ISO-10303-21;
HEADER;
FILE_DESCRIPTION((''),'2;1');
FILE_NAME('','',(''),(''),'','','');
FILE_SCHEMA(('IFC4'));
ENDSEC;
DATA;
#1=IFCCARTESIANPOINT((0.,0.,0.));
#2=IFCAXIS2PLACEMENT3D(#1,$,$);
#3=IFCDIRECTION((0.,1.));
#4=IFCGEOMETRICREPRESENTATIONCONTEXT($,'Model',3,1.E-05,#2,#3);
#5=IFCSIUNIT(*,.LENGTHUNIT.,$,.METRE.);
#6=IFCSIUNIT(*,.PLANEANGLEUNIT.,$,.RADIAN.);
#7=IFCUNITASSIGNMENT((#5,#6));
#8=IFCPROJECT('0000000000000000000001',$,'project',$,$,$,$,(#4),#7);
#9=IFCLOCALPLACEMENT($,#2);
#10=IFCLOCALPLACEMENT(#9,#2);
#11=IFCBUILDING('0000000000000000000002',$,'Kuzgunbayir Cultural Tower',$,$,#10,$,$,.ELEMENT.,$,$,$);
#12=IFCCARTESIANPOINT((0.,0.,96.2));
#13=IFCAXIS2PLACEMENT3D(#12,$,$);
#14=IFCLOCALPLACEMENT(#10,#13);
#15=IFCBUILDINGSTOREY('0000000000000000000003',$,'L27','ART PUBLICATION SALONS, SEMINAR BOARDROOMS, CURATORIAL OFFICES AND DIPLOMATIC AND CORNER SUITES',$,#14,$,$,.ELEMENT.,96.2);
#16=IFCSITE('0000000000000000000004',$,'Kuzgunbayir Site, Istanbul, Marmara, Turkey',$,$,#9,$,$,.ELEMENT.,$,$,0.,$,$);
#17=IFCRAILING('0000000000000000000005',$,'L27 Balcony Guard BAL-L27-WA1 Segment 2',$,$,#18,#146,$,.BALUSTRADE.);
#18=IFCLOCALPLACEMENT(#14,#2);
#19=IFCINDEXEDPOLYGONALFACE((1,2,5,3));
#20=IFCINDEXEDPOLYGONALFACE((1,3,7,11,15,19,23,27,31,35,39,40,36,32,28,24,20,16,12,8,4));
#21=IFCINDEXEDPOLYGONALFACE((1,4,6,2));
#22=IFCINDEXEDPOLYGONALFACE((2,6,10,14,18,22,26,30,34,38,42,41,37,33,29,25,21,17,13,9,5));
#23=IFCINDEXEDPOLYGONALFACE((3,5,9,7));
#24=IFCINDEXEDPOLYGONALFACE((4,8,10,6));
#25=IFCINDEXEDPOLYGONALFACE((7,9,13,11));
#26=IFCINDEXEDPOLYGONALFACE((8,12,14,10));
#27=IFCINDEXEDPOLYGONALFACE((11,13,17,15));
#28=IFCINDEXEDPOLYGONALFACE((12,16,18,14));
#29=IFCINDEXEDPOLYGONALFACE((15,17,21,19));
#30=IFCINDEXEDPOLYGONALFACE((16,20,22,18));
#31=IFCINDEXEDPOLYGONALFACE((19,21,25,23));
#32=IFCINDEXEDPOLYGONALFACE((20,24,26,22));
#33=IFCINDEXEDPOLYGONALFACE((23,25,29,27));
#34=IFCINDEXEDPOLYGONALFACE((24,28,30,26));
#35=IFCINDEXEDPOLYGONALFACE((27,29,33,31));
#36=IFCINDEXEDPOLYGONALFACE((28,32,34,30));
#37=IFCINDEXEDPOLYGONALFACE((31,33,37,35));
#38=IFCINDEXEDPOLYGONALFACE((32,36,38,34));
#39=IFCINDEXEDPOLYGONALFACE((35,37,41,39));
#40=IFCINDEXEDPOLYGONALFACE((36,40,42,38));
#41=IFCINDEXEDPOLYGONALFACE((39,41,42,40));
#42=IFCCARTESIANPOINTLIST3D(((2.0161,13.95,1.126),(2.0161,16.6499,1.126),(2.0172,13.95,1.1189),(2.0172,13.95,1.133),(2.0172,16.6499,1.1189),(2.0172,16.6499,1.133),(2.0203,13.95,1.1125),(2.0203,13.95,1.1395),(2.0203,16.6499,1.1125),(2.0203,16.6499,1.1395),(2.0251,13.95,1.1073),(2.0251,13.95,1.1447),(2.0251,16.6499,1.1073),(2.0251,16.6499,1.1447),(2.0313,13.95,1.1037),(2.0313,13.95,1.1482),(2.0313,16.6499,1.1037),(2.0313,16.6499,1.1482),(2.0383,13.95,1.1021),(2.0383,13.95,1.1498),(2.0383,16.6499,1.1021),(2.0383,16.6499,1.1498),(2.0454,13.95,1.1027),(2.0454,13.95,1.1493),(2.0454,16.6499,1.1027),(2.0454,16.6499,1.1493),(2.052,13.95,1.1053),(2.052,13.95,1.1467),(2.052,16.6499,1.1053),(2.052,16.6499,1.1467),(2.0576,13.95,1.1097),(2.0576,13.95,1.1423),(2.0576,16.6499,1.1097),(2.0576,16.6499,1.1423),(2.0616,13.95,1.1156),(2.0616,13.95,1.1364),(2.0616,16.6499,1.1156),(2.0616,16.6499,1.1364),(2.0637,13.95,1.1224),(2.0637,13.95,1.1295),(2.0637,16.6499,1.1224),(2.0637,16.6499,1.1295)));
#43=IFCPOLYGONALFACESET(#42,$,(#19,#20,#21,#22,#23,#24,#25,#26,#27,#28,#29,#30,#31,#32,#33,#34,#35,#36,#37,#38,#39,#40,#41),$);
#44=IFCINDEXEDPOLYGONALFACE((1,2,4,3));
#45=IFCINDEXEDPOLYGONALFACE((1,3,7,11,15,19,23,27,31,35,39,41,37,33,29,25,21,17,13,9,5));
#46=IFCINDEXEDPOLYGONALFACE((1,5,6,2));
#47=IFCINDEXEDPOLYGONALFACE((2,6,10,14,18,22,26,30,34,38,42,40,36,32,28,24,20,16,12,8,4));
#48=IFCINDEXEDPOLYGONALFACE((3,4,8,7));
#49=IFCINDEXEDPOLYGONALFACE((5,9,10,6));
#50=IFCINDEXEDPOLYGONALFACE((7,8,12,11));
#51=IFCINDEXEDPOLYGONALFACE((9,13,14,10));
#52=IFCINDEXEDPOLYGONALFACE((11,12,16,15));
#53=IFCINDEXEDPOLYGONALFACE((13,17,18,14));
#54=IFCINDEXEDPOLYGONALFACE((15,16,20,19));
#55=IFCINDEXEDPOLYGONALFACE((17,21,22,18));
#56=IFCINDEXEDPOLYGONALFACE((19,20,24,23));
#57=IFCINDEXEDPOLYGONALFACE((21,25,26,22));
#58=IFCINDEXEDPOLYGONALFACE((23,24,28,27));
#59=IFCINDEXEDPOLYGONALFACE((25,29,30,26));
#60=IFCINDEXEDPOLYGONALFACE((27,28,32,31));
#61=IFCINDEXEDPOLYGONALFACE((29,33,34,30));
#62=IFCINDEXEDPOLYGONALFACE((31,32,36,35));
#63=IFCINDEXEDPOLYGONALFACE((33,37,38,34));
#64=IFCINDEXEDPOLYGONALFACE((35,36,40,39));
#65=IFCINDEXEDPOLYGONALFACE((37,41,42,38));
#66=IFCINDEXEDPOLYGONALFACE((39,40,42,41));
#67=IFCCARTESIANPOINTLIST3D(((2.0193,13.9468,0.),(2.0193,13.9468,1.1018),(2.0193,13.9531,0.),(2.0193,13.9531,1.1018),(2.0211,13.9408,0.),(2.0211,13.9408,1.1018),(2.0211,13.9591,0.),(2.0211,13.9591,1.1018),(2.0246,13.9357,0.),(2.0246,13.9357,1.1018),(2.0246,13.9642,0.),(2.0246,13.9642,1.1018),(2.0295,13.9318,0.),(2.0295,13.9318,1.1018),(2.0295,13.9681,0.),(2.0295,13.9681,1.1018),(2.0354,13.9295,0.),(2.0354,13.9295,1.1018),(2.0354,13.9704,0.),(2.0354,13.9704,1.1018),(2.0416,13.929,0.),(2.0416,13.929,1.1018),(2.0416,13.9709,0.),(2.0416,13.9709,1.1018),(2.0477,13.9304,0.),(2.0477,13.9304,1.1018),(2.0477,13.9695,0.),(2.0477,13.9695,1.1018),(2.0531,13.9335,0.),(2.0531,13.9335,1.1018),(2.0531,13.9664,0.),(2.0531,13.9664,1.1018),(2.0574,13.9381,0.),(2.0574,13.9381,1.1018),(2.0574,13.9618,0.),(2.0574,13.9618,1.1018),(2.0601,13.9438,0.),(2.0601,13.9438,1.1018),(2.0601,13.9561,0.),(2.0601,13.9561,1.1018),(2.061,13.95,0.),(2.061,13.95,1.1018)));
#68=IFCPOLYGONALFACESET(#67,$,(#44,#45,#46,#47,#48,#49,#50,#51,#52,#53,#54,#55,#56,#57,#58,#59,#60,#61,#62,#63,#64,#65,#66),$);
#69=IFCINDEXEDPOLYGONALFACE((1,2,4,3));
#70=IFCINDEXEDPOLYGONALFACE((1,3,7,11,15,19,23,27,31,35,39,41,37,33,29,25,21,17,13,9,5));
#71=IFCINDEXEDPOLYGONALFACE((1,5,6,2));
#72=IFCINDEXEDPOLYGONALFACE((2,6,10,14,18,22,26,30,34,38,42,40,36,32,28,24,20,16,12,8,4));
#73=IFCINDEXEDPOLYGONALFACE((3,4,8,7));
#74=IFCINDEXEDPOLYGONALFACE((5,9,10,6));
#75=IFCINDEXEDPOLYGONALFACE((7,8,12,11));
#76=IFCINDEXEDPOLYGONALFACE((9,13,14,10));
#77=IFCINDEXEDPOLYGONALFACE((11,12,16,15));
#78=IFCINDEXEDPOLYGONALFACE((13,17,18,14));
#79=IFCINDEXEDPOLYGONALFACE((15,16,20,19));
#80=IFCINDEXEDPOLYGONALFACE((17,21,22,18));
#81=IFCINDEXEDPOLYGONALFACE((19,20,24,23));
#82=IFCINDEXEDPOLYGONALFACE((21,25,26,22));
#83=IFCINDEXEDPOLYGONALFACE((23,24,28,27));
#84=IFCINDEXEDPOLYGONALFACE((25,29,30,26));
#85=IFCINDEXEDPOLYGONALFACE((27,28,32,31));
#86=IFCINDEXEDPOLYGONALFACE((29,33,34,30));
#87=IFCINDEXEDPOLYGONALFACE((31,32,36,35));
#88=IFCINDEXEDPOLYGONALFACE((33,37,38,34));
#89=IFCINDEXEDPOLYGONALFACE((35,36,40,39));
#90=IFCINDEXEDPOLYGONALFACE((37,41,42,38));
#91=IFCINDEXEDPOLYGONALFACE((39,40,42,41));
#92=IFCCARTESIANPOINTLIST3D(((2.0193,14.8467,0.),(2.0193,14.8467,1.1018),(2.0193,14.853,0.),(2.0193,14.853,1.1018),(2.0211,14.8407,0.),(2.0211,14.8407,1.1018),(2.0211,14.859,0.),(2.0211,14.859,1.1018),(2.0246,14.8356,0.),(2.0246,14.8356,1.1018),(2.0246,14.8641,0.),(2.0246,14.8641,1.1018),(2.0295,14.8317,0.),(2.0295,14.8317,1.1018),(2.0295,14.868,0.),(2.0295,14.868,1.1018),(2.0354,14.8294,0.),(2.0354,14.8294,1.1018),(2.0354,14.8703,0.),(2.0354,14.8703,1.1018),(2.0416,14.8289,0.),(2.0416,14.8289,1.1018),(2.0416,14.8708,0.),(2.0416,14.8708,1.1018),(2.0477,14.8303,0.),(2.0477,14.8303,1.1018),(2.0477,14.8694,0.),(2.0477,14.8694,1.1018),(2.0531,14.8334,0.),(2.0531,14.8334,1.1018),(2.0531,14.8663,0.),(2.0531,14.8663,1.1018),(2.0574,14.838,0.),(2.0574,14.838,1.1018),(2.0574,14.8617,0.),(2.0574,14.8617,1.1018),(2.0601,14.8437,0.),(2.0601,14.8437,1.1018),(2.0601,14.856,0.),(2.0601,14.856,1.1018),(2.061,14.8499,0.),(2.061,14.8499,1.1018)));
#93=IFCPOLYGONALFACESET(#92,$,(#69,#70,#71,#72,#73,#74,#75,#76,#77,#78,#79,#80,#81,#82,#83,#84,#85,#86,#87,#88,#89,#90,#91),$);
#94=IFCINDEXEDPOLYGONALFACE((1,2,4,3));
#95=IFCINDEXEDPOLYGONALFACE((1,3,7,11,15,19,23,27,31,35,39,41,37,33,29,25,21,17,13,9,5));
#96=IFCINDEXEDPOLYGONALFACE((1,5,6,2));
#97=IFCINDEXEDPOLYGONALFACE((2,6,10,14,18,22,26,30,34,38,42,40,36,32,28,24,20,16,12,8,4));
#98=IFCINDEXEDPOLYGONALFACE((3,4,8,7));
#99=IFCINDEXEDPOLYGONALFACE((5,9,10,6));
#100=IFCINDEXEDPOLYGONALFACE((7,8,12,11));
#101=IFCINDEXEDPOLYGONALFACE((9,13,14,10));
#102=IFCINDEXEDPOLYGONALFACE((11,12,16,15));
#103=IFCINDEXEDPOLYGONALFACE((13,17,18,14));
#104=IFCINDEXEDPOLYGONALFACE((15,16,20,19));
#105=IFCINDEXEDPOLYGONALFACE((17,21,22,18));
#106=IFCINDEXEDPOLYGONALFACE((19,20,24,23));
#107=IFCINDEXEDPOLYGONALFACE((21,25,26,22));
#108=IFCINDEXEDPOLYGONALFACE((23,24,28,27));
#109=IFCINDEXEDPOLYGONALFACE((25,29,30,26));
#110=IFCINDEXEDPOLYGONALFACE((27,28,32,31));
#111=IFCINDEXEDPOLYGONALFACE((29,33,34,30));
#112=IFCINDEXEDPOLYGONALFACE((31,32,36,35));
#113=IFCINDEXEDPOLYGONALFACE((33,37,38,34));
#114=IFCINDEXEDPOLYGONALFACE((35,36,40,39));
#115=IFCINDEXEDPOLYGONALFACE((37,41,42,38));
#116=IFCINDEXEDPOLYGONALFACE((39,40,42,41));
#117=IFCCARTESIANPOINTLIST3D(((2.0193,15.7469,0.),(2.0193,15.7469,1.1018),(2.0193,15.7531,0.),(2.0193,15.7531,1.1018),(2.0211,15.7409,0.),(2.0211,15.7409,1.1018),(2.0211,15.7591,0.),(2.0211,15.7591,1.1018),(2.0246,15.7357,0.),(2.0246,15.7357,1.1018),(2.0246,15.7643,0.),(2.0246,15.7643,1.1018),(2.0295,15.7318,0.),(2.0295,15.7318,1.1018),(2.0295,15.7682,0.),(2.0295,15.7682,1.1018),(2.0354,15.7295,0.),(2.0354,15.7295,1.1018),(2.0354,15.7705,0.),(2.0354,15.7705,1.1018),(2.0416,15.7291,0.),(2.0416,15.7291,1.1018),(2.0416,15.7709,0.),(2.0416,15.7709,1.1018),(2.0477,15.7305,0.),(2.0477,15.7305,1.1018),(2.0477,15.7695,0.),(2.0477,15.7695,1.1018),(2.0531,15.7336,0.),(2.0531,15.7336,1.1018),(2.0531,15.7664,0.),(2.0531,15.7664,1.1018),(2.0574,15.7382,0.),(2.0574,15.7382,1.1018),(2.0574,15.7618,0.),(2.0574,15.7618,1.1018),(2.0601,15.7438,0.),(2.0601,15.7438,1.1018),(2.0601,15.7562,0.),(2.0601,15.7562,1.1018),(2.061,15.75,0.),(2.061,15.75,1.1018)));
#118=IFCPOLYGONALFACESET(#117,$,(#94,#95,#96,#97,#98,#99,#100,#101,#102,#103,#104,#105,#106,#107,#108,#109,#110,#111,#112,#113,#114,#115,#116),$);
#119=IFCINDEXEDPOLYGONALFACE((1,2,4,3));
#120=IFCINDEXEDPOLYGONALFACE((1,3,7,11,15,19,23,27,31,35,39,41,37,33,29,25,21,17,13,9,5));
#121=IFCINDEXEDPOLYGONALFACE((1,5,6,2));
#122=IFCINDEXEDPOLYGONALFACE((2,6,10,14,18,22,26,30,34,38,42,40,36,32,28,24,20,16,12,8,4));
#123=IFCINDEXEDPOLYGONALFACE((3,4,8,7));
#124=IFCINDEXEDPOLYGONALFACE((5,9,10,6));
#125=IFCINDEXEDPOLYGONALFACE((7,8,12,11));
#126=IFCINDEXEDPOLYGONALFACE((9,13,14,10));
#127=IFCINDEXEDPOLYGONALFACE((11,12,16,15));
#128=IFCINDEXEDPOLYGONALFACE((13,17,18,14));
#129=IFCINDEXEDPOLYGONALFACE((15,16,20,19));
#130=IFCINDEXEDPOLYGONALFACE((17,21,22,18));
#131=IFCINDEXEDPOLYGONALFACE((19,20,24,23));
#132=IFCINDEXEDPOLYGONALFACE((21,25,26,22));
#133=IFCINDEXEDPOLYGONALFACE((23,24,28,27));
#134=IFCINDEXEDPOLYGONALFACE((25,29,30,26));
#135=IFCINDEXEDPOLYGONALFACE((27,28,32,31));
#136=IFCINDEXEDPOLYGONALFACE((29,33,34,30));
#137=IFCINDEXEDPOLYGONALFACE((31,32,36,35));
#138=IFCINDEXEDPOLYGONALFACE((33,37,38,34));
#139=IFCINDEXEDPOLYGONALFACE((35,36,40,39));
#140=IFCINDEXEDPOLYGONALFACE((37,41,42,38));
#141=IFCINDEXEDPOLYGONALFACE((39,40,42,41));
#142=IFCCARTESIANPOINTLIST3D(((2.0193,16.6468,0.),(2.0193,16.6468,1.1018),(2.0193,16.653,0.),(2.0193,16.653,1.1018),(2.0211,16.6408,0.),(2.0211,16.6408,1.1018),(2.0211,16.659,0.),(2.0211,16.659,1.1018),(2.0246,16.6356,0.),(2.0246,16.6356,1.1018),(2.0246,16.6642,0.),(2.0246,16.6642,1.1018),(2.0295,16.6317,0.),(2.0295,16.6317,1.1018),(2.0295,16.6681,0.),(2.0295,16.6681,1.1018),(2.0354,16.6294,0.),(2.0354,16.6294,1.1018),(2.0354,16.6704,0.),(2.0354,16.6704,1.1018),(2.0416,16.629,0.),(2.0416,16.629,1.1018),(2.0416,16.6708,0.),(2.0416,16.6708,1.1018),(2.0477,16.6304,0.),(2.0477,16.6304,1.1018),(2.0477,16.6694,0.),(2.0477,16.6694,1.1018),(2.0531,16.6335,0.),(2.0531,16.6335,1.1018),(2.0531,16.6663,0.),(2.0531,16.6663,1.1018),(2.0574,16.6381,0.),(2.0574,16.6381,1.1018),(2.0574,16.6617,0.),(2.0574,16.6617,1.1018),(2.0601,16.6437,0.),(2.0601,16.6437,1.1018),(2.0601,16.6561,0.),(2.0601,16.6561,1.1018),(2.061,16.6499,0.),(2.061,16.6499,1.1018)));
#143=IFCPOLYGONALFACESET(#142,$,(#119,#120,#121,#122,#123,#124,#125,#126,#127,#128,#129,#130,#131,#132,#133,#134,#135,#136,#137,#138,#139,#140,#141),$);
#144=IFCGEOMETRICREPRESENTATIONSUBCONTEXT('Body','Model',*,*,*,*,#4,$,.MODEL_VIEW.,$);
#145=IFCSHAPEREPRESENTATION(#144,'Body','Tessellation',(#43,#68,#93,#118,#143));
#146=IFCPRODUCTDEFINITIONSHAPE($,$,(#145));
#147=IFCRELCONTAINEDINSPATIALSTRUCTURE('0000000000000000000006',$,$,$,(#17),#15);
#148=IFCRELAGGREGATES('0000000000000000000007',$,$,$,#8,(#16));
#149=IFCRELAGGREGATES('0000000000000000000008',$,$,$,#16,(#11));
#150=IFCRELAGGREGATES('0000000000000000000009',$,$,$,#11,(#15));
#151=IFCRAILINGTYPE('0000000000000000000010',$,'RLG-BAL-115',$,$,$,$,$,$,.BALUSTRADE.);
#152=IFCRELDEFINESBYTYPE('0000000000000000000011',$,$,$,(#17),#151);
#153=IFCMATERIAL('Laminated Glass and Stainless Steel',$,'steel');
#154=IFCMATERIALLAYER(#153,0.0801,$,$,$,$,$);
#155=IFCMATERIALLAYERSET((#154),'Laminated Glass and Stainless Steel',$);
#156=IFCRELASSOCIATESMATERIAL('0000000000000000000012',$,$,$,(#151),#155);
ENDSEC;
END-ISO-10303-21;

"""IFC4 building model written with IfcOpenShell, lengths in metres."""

from ifc_helpers import new_model, si_unit, direction, frame, origin, origin_2d, place, context, subcontext, project, spatial, circle, extrude, material, layer, layer_set, type_object, element, save


model = new_model("IFC4")

# Units and contexts
model_context = context("Model", 3, precision=1e-05, world=origin(), true_north=direction((0.0, 1.0)))
body_context = subcontext(model_context, "Body", "Model", "MODEL_VIEW")
ifc_project = project(units=[si_unit("LENGTHUNIT", "METRE"), si_unit("PLANEANGLEUNIT", "RADIAN")], contexts=[model_context])

# Site, building, storey
site_placement = place(None, origin())
site = spatial("IfcSite", under=ifc_project, at=site_placement, Name="Kuzgunbayir Site, Istanbul, Marmara, Turkey", CompositionType="ELEMENT", RefElevation=0.0)
building_placement = place(site_placement, origin())
building = spatial("IfcBuilding", under=site, at=building_placement, Name="Kuzgunbayir Cultural Tower", CompositionType="ELEMENT")
storey_placement = place(building_placement, frame((0.0, 0.0, 96.2)))
storey = spatial("IfcBuildingStorey", under=building, at=storey_placement, Name="L27", Description="ART PUBLICATION SALONS, SEMINAR BOARDROOMS, CURATORIAL OFFICES AND DIPLOMATIC AND CORNER SUITES", CompositionType="ELEMENT", Elevation=96.2)

# Railing
ifc_material_1 = material(Name="Laminated Glass and Stainless Steel", Category="steel")
ifc_layer_1 = layer(ifc_material_1, 0.0801)
ifc_layer_set_1 = layer_set([ifc_layer_1], Name="Laminated Glass and Stainless Steel")
railing_type = type_object("IfcRailingType", Name="RLG-BAL-115", PredefinedType="BALUSTRADE", material=ifc_layer_set_1)
railing_1_placement = place(storey_placement, frame((2.04, 13.95, 0.0)))
element("IfcRailing", 1, at=railing_1_placement, inside=storey, type_object=railing_type, Name="L27 Balcony Guard BAL-L27-WA1 Segment 2", PredefinedType="BALUSTRADE", context=body_context, shape_type="SweptSolid", body=[
    extrude(circle(Radius=0.0239, at=origin_2d()), frame((0.0, 0.0, 1.126), z_axis=(0.0, 1.0, 0.0), x_axis=(-1.0, 0.0, 0.0)), (0.0, 0.0, 1.0), 2.7),
    extrude(circle(Radius=0.021, at=origin_2d()), origin(), (0.0, 0.0, 1.0), 1.1018),
    extrude(circle(Radius=0.021, at=origin_2d()), frame((0.0, 0.8999, 0.0)), (0.0, 0.0, 1.0), 1.1018),
    extrude(circle(Radius=0.021, at=origin_2d()), frame((0.0, 1.8, 0.0)), (0.0, 0.0, 1.0), 1.1018),
    extrude(circle(Radius=0.021, at=origin_2d()), frame((0.0, 2.7, 0.0)), (0.0, 0.0, 1.0), 1.1018),
])

save(model, "model.ifc")
